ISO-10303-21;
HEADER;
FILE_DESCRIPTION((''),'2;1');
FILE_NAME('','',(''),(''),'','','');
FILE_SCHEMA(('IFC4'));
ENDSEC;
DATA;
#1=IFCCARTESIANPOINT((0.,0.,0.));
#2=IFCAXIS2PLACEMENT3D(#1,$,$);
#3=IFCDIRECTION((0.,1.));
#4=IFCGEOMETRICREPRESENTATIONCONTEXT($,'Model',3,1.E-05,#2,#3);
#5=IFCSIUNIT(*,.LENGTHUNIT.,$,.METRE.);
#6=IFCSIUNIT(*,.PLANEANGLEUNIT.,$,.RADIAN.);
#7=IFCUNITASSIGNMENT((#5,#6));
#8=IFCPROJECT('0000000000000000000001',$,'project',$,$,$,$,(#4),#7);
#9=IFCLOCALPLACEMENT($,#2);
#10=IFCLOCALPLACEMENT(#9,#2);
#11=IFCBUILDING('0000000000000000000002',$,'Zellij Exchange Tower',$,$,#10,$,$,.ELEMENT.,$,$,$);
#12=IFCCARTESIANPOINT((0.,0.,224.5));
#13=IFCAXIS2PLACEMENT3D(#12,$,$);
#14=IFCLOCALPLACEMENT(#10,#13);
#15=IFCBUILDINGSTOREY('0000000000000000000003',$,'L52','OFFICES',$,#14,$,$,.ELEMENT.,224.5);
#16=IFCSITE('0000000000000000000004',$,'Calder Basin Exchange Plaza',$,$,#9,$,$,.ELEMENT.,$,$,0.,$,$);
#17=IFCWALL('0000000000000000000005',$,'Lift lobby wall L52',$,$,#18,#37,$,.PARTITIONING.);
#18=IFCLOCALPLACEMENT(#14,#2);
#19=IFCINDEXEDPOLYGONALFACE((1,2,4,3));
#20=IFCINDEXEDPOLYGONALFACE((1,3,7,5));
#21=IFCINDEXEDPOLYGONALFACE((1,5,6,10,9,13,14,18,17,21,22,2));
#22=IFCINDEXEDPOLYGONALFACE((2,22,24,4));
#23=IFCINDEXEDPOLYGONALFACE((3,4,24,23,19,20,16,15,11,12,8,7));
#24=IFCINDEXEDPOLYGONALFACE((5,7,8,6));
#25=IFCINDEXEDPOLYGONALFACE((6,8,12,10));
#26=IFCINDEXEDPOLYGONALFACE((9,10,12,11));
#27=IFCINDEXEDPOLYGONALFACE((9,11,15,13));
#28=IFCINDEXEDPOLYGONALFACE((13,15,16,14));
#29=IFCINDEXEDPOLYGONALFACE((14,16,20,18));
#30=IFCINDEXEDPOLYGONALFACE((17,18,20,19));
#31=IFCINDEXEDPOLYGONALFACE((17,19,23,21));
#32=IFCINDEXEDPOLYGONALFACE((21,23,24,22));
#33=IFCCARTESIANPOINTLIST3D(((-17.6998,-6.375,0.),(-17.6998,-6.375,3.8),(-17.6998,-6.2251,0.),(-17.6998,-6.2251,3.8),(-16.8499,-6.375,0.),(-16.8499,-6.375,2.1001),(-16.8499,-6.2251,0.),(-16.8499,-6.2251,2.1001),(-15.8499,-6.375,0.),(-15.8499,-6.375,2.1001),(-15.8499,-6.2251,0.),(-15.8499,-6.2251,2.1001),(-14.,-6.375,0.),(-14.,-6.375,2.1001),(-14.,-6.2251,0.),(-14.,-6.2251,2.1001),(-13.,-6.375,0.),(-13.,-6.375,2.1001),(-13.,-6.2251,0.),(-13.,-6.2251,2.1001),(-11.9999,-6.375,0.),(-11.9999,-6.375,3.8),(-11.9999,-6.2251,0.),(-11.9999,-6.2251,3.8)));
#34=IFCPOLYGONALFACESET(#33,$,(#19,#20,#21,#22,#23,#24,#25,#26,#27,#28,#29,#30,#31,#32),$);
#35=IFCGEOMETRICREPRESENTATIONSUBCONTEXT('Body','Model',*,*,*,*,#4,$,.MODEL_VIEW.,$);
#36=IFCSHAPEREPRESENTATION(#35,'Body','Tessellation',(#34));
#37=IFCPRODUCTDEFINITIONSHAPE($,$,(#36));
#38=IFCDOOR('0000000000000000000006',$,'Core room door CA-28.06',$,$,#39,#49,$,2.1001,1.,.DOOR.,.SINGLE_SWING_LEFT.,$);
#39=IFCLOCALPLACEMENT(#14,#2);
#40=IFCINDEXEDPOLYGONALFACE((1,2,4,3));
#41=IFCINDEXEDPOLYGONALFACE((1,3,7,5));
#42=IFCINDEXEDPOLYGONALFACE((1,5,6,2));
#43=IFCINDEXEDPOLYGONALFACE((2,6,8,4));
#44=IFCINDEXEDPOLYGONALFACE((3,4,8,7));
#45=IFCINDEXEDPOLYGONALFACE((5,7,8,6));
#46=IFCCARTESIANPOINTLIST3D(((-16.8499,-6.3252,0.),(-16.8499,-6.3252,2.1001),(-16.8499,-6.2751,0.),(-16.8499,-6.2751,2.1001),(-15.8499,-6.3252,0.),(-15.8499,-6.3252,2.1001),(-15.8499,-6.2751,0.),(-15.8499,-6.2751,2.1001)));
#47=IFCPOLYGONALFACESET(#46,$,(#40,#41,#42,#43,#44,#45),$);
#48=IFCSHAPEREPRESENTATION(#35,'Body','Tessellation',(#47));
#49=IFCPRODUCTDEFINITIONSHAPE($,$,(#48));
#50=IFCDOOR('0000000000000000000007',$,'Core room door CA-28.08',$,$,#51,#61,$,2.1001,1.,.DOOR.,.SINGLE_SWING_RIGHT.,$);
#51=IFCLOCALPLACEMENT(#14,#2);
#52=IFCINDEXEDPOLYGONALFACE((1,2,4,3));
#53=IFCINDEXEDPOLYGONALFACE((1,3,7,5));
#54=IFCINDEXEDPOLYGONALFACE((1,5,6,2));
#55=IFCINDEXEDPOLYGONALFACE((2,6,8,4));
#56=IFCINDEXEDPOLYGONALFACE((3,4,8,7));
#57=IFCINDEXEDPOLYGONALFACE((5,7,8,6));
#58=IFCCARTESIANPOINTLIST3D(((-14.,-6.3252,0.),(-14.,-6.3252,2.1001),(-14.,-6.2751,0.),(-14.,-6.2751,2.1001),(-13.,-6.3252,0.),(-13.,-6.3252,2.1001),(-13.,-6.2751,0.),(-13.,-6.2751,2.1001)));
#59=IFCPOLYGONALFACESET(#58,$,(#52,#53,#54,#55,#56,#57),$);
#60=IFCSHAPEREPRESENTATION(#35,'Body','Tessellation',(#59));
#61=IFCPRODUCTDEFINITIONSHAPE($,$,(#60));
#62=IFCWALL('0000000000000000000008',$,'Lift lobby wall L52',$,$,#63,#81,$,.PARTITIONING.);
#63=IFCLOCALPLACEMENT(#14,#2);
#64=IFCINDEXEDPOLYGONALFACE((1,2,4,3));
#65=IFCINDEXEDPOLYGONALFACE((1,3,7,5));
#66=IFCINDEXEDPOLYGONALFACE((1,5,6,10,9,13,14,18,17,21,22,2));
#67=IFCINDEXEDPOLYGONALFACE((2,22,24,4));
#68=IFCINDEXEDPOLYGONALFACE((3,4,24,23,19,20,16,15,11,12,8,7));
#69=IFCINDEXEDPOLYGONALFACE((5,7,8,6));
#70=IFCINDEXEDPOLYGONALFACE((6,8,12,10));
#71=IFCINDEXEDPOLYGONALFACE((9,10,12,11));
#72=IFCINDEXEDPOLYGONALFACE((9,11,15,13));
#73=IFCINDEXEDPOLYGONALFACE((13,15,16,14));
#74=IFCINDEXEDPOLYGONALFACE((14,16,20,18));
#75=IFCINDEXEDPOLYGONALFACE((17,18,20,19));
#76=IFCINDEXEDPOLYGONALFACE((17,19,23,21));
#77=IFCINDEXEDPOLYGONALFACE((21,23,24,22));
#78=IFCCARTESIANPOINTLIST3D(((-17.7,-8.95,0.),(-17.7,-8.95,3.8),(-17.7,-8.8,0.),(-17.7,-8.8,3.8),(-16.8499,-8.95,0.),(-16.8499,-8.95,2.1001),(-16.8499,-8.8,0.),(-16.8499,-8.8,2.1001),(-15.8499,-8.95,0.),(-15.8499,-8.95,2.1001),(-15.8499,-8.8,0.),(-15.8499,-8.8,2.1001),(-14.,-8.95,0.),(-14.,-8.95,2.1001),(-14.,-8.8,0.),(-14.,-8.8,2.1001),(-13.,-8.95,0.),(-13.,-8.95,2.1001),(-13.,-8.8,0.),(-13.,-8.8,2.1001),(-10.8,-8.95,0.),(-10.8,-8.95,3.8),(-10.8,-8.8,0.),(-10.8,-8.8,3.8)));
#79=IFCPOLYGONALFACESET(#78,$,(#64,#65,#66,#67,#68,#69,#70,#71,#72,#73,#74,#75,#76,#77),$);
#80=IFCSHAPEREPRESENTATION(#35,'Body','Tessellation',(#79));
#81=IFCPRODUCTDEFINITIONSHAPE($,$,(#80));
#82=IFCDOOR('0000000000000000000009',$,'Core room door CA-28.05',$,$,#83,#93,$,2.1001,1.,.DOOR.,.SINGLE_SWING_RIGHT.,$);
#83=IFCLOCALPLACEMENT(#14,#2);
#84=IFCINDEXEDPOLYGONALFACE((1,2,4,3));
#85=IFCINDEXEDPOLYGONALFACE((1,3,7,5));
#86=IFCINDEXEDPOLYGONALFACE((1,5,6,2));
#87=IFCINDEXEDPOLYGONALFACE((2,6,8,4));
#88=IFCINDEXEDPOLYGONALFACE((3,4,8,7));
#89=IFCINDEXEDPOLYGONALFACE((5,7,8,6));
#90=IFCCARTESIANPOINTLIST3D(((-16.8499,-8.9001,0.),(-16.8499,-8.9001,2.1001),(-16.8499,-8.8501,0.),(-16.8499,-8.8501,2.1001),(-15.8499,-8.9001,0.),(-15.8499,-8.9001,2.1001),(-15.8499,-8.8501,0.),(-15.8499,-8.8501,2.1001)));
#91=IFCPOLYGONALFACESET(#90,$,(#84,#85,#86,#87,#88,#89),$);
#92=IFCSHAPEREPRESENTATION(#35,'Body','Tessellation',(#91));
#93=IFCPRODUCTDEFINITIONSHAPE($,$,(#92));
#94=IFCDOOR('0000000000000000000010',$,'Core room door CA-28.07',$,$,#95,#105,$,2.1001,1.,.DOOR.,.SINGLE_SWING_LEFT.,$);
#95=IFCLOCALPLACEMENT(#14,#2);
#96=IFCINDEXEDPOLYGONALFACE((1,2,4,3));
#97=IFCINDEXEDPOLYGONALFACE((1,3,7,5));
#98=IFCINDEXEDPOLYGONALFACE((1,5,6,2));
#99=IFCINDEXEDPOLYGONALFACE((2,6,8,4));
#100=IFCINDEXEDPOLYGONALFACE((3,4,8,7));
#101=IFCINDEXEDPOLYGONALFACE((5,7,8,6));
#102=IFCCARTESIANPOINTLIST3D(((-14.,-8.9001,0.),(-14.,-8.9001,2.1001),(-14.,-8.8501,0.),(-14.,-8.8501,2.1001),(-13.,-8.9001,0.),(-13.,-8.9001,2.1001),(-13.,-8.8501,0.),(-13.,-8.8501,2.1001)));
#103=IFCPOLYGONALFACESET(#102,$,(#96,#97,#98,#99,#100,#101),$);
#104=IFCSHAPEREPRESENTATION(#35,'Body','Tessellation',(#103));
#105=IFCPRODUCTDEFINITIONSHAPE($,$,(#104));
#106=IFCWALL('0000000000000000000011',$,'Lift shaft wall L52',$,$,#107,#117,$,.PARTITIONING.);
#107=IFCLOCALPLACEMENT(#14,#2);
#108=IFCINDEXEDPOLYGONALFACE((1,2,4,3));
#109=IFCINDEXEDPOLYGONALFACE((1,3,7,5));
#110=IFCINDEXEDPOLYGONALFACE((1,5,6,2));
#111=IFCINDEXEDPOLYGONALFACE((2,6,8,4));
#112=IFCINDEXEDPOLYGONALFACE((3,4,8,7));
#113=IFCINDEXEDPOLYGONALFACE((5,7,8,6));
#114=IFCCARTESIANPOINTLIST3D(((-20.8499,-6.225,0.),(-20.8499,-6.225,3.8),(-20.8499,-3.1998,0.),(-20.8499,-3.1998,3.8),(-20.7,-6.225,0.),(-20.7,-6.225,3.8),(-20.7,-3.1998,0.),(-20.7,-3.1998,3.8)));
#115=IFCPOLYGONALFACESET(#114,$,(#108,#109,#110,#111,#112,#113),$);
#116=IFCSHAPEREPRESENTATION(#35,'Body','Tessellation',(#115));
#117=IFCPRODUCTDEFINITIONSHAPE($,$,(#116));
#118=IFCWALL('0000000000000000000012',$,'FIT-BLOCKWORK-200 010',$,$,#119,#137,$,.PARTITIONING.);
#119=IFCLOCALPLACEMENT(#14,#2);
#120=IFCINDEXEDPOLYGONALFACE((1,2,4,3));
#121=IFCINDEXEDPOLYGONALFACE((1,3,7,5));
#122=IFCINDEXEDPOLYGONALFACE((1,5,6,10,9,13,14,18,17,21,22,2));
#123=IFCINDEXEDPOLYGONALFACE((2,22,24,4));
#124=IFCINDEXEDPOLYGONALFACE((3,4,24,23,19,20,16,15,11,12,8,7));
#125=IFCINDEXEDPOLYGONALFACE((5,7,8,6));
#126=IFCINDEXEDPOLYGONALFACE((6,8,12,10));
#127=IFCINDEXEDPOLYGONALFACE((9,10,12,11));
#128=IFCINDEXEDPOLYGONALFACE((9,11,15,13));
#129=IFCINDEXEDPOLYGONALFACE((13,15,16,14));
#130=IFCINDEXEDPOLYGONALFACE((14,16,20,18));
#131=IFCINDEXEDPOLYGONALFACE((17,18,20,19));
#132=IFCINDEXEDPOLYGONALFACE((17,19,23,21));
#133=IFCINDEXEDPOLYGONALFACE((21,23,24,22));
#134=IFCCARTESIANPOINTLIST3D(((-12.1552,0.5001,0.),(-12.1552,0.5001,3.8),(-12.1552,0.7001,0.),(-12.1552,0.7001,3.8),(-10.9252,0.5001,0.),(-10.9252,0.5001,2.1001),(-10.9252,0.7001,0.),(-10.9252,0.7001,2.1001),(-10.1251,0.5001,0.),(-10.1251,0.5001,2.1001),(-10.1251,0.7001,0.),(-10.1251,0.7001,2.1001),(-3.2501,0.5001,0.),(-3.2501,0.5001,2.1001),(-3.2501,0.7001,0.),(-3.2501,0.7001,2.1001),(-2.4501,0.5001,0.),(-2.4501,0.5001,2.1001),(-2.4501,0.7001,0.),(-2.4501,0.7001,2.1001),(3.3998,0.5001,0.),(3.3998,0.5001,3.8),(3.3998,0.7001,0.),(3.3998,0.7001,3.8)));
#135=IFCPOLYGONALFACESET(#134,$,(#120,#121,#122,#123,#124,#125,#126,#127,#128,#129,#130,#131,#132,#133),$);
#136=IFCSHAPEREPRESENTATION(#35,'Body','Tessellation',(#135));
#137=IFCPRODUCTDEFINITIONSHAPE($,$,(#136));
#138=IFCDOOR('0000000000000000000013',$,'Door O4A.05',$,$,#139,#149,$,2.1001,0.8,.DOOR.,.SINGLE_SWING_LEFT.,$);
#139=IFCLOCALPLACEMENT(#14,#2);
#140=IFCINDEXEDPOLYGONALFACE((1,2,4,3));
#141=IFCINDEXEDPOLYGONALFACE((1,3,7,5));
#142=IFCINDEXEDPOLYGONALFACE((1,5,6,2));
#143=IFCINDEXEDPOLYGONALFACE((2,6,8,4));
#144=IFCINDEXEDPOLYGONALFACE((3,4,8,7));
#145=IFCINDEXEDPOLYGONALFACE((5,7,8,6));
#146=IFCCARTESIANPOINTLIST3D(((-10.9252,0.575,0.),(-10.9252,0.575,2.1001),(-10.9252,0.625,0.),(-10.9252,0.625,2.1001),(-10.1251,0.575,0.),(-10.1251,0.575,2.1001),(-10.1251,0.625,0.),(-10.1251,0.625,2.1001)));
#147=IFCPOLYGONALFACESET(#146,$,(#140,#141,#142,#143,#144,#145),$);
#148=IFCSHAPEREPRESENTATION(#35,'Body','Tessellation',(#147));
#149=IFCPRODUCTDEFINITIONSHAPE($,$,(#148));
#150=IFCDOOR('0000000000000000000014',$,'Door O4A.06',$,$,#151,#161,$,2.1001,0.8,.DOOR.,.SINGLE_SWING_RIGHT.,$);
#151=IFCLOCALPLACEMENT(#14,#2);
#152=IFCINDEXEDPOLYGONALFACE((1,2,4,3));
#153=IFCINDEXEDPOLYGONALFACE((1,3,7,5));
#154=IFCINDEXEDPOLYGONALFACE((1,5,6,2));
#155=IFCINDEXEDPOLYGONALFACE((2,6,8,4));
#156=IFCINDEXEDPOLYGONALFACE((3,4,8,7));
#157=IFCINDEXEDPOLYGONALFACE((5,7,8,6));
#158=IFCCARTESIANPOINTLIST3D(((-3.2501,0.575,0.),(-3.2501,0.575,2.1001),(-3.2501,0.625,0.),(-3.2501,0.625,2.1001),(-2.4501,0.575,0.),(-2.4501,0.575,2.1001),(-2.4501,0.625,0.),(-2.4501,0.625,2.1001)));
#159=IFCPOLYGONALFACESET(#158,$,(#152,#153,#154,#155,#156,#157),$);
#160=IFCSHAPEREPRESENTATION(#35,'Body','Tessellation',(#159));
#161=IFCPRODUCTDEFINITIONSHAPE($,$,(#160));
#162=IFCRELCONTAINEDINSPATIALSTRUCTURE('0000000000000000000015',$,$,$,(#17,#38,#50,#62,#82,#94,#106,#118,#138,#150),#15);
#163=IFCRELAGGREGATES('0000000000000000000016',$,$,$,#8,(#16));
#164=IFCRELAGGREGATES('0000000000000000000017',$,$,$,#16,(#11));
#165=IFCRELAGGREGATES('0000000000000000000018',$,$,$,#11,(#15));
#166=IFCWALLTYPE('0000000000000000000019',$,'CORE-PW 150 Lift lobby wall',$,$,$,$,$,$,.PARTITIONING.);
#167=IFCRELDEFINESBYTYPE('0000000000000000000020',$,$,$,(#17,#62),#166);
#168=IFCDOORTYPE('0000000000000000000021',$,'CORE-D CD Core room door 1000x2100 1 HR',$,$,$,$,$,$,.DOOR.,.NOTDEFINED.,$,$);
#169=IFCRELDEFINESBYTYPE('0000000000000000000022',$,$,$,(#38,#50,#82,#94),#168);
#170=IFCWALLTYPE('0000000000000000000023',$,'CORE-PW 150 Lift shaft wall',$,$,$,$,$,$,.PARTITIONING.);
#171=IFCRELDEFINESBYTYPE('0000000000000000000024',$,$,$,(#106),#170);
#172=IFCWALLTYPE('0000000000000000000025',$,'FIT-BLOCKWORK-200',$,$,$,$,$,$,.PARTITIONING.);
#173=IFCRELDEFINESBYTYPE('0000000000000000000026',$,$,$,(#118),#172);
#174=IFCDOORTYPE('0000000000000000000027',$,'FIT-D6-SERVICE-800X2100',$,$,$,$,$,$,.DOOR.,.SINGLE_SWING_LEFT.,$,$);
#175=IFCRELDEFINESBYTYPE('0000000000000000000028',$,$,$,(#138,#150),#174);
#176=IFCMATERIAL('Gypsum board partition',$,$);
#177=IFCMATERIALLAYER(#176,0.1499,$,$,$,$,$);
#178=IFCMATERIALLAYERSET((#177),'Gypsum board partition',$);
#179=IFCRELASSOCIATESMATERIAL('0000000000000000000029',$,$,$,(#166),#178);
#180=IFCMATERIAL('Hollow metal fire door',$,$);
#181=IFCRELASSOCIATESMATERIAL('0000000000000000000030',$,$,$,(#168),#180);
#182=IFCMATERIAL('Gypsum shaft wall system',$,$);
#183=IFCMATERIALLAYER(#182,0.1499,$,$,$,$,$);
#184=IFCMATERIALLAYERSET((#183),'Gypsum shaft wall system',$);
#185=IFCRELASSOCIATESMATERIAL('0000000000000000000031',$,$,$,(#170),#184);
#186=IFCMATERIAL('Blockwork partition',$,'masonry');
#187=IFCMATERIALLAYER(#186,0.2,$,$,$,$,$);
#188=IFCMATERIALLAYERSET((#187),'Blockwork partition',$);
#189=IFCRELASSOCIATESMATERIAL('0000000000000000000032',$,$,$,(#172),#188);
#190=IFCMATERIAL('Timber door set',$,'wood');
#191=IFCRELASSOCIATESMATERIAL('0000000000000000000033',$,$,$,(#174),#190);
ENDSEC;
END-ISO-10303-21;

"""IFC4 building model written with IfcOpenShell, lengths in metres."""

from ifc_helpers import new_model, si_unit, direction, frame, frame_2d, origin, place, context, subcontext, project, spatial, rectangle, extrude, material, layer, layer_set, type_object, element, fill, save


model = new_model("IFC4")

# Units and contexts
model_context = context("Model", 3, precision=1e-05, world=origin(), true_north=direction((0.0, 1.0)))
body_context = subcontext(model_context, "Body", "Model", "MODEL_VIEW")
ifc_project = project(units=[si_unit("LENGTHUNIT", "METRE"), si_unit("PLANEANGLEUNIT", "RADIAN")], contexts=[model_context])

# Site, building, storey
site_placement = place(None, origin())
site = spatial("IfcSite", under=ifc_project, at=site_placement, Name="Calder Basin Exchange Plaza", CompositionType="ELEMENT", RefElevation=0.0)
building_placement = place(site_placement, origin())
building = spatial("IfcBuilding", under=site, at=building_placement, Name="Zellij Exchange Tower", CompositionType="ELEMENT")
storey_placement = place(building_placement, frame((0.0, 0.0, 224.5)))
storey = spatial("IfcBuildingStorey", under=building, at=storey_placement, Name="L52", Description="OFFICES", CompositionType="ELEMENT", Elevation=224.5)

# Shared definitions
ifc_material_1 = material(Name="Gypsum board partition")
ifc_layer_1 = layer(ifc_material_1, 0.1499)
ifc_layer_set_1 = layer_set([ifc_layer_1], Name="Gypsum board partition")
wall_type_1 = type_object("IfcWallType", Name="CORE-PW 150 Lift lobby wall", PredefinedType="PARTITIONING", material=ifc_layer_set_1)

# Shared definitions
ifc_material_2 = material(Name="Hollow metal fire door")

# Walls, openings, doors
wall_1_placement = place(storey_placement, frame((-17.7, -6.3, 0.0), z_axis=(0.0, 0.0, 1.0), x_axis=(1.0, 0.0, 0.0)))
wall_1 = element("IfcWall", 1, at=wall_1_placement, inside=storey, type_object=wall_type_1, Name="Lift lobby wall L52", PredefinedType="PARTITIONING", context=body_context, shape_type="SweptSolid", body=[
    extrude(rectangle(XDim=5.7, YDim=0.1499, at=frame_2d((2.8501, 0.0))), origin(), (0.0, 0.0, 1.0), 3.8),
])
opening_1_placement = place(wall_1_placement, frame((0.8501, 0.0, 0.0)))
opening_1 = element("IfcOpeningElement", 2, at=opening_1_placement, cuts=wall_1, PredefinedType="OPENING", context=body_context, shape_type="SweptSolid", body=[
    extrude(rectangle(XDim=1.0, YDim=2.1001, at=frame_2d((0.5, 1.05))), frame((0.0, 0.0869, 0.0), z_axis=(0.0, -1.0, 0.0), x_axis=(1.0, 0.0, 0.0)), (0.0, 0.0, 1.0), 0.1738),
])
opening_2_placement = place(wall_1_placement, frame((3.7, 0.0, 0.0)))
opening_2 = element("IfcOpeningElement", 3, at=opening_2_placement, cuts=wall_1, PredefinedType="OPENING", context=body_context, shape_type="SweptSolid", body=[
    extrude(rectangle(XDim=1.0, YDim=2.1001, at=frame_2d((0.5, 1.05))), frame((0.0, 0.0869, 0.0), z_axis=(0.0, -1.0, 0.0), x_axis=(1.0, 0.0, 0.0)), (0.0, 0.0, 1.0), 0.1738),
])
door_type_1 = type_object("IfcDoorType", Name="CORE-D CD Core room door 1000x2100 1 HR", OperationType="NOTDEFINED", PredefinedType="DOOR", material=ifc_material_2)
door_1_placement = place(opening_1_placement, origin())
door_1 = element("IfcDoor", 4, at=door_1_placement, inside=storey, type_object=door_type_1, Name="Core room door CA-28.06", OperationType="SINGLE_SWING_LEFT", OverallHeight=2.1001, OverallWidth=1.0, PredefinedType="DOOR", context=body_context, shape_type="SweptSolid", body=[
    extrude(rectangle(XDim=1.0, YDim=2.1001, at=frame_2d((0.5, 1.05))), frame((0.0, 0.0249, 0.0), z_axis=(0.0, -1.0, 0.0), x_axis=(1.0, 0.0, 0.0)), (0.0, 0.0, 1.0), 0.05),
])
fill(opening_1, door_1)
door_2_placement = place(opening_2_placement, origin())
door_2 = element("IfcDoor", 5, at=door_2_placement, inside=storey, type_object=door_type_1, Name="Core room door CA-28.08", OperationType="SINGLE_SWING_RIGHT", OverallHeight=2.1001, OverallWidth=1.0, PredefinedType="DOOR", context=body_context, shape_type="SweptSolid", body=[
    extrude(rectangle(XDim=1.0, YDim=2.1001, at=frame_2d((0.5, 1.05))), frame((0.0, 0.0249, 0.0), z_axis=(0.0, -1.0, 0.0), x_axis=(1.0, 0.0, 0.0)), (0.0, 0.0, 1.0), 0.05),
])
fill(opening_2, door_2)
wall_2_placement = place(storey_placement, frame((-17.7, -8.875, 0.0), z_axis=(0.0, 0.0, 1.0), x_axis=(1.0, 0.0, 0.0)))
wall_2 = element("IfcWall", 6, at=wall_2_placement, inside=storey, type_object=wall_type_1, Name="Lift lobby wall L52", PredefinedType="PARTITIONING", context=body_context, shape_type="SweptSolid", body=[
    extrude(rectangle(XDim=6.8999, YDim=0.1499, at=frame_2d((3.45, 0.0))), origin(), (0.0, 0.0, 1.0), 3.8),
])
opening_3_placement = place(wall_2_placement, frame((0.8501, 0.0, 0.0)))
opening_3 = element("IfcOpeningElement", 7, at=opening_3_placement, cuts=wall_2, PredefinedType="OPENING", context=body_context, shape_type="SweptSolid", body=[
    extrude(rectangle(XDim=1.0, YDim=2.1001, at=frame_2d((0.5, 1.05))), frame((0.0, 0.0869, 0.0), z_axis=(0.0, -1.0, 0.0), x_axis=(1.0, 0.0, 0.0)), (0.0, 0.0, 1.0), 0.1738),
])
opening_4_placement = place(wall_2_placement, frame((3.7, 0.0, 0.0)))
opening_4 = element("IfcOpeningElement", 8, at=opening_4_placement, cuts=wall_2, PredefinedType="OPENING", context=body_context, shape_type="SweptSolid", body=[
    extrude(rectangle(XDim=1.0, YDim=2.1001, at=frame_2d((0.5, 1.05))), frame((0.0, 0.0869, 0.0), z_axis=(0.0, -1.0, 0.0), x_axis=(1.0, 0.0, 0.0)), (0.0, 0.0, 1.0), 0.1738),
])
door_3_placement = place(opening_3_placement, origin())
door_3 = element("IfcDoor", 9, at=door_3_placement, inside=storey, type_object=door_type_1, Name="Core room door CA-28.05", OperationType="SINGLE_SWING_RIGHT", OverallHeight=2.1001, OverallWidth=1.0, PredefinedType="DOOR", context=body_context, shape_type="SweptSolid", body=[
    extrude(rectangle(XDim=1.0, YDim=2.1001, at=frame_2d((0.5, 1.05))), frame((0.0, 0.0249, 0.0), z_axis=(0.0, -1.0, 0.0), x_axis=(1.0, 0.0, 0.0)), (0.0, 0.0, 1.0), 0.05),
])
fill(opening_3, door_3)
door_4_placement = place(opening_4_placement, origin())
door_4 = element("IfcDoor", 10, at=door_4_placement, inside=storey, type_object=door_type_1, Name="Core room door CA-28.07", OperationType="SINGLE_SWING_LEFT", OverallHeight=2.1001, OverallWidth=1.0, PredefinedType="DOOR", context=body_context, shape_type="SweptSolid", body=[
    extrude(rectangle(XDim=1.0, YDim=2.1001, at=frame_2d((0.5, 1.05))), frame((0.0, 0.0249, 0.0), z_axis=(0.0, -1.0, 0.0), x_axis=(1.0, 0.0, 0.0)), (0.0, 0.0, 1.0), 0.05),
])
fill(opening_4, door_4)

# Wall
ifc_material_3 = material(Name="Gypsum shaft wall system")
ifc_layer_2 = layer(ifc_material_3, 0.1499)
ifc_layer_set_2 = layer_set([ifc_layer_2], Name="Gypsum shaft wall system")
wall_type_2 = type_object("IfcWallType", Name="CORE-PW 150 Lift shaft wall", PredefinedType="PARTITIONING", material=ifc_layer_set_2)
wall_3_placement = place(storey_placement, frame((-20.7749, -6.2251, 0.0), z_axis=(0.0, 0.0, 1.0), x_axis=(0.0, 1.0, 0.0)))
element("IfcWall", 11, at=wall_3_placement, inside=storey, type_object=wall_type_2, Name="Lift shaft wall L52", PredefinedType="PARTITIONING", context=body_context, shape_type="SweptSolid", body=[
    extrude(rectangle(XDim=3.0251, YDim=0.1499, at=frame_2d((1.5127, 0.0))), origin(), (0.0, 0.0, 1.0), 3.8),
])

# Wall, openings, doors
ifc_material_4 = material(Name="Blockwork partition", Category="masonry")
ifc_layer_3 = layer(ifc_material_4, 0.2)
ifc_layer_set_3 = layer_set([ifc_layer_3], Name="Blockwork partition")
wall_type_3 = type_object("IfcWallType", Name="FIT-BLOCKWORK-200", PredefinedType="PARTITIONING", material=ifc_layer_set_3)
wall_4_placement = place(storey_placement, frame((-12.155, 0.6001, 0.0), z_axis=(0.0, 0.0, 1.0), x_axis=(1.0, 0.0, 0.0)))
wall_4 = element("IfcWall", 12, at=wall_4_placement, inside=storey, type_object=wall_type_3, Name="FIT-BLOCKWORK-200 010", PredefinedType="PARTITIONING", context=body_context, shape_type="SweptSolid", body=[
    extrude(rectangle(XDim=15.5549, YDim=0.2, at=frame_2d((7.7773, 0.0))), origin(), (0.0, 0.0, 1.0), 3.8),
])
opening_5_placement = place(wall_4_placement, frame((1.23, 0.0, 0.0)))
opening_5 = element("IfcOpeningElement", 13, at=opening_5_placement, cuts=wall_4, PredefinedType="OPENING", context=body_context, shape_type="SweptSolid", body=[
    extrude(rectangle(XDim=0.8, YDim=2.1001, at=frame_2d((0.3999, 1.05))), frame((0.0, 0.1118, 0.0), z_axis=(0.0, -1.0, 0.0), x_axis=(1.0, 0.0, 0.0)), (0.0, 0.0, 1.0), 0.2239),
])
opening_6_placement = place(wall_4_placement, frame((8.905, 0.0, 0.0)))
opening_6 = element("IfcOpeningElement", 14, at=opening_6_placement, cuts=wall_4, PredefinedType="OPENING", context=body_context, shape_type="SweptSolid", body=[
    extrude(rectangle(XDim=0.8, YDim=2.1001, at=frame_2d((0.3999, 1.05))), frame((0.0, 0.1118, 0.0), z_axis=(0.0, -1.0, 0.0), x_axis=(1.0, 0.0, 0.0)), (0.0, 0.0, 1.0), 0.2239),
])
ifc_material_5 = material(Name="Timber door set", Category="wood")
door_type_2 = type_object("IfcDoorType", Name="FIT-D6-SERVICE-800X2100", OperationType="SINGLE_SWING_LEFT", PredefinedType="DOOR", material=ifc_material_5)
door_5_placement = place(opening_5_placement, origin())
door_5 = element("IfcDoor", 15, at=door_5_placement, inside=storey, type_object=door_type_2, Name="Door O4A.05", OperationType="SINGLE_SWING_LEFT", OverallHeight=2.1001, OverallWidth=0.8, PredefinedType="DOOR", context=body_context, shape_type="SweptSolid", body=[
    extrude(rectangle(XDim=0.8, YDim=2.1001, at=frame_2d((0.3999, 1.05))), frame((0.0, 0.0249, 0.0), z_axis=(0.0, -1.0, 0.0), x_axis=(1.0, 0.0, 0.0)), (0.0, 0.0, 1.0), 0.05),
])
fill(opening_5, door_5)
door_6_placement = place(opening_6_placement, origin())
door_6 = element("IfcDoor", 16, at=door_6_placement, inside=storey, type_object=door_type_2, Name="Door O4A.06", OperationType="SINGLE_SWING_RIGHT", OverallHeight=2.1001, OverallWidth=0.8, PredefinedType="DOOR", context=body_context, shape_type="SweptSolid", body=[
    extrude(rectangle(XDim=0.8, YDim=2.1001, at=frame_2d((0.3999, 1.05))), frame((0.0, 0.0249, 0.0), z_axis=(0.0, -1.0, 0.0), x_axis=(1.0, 0.0, 0.0)), (0.0, 0.0, 1.0), 0.05),
])
fill(opening_6, door_6)

save(model, "model.ifc")
